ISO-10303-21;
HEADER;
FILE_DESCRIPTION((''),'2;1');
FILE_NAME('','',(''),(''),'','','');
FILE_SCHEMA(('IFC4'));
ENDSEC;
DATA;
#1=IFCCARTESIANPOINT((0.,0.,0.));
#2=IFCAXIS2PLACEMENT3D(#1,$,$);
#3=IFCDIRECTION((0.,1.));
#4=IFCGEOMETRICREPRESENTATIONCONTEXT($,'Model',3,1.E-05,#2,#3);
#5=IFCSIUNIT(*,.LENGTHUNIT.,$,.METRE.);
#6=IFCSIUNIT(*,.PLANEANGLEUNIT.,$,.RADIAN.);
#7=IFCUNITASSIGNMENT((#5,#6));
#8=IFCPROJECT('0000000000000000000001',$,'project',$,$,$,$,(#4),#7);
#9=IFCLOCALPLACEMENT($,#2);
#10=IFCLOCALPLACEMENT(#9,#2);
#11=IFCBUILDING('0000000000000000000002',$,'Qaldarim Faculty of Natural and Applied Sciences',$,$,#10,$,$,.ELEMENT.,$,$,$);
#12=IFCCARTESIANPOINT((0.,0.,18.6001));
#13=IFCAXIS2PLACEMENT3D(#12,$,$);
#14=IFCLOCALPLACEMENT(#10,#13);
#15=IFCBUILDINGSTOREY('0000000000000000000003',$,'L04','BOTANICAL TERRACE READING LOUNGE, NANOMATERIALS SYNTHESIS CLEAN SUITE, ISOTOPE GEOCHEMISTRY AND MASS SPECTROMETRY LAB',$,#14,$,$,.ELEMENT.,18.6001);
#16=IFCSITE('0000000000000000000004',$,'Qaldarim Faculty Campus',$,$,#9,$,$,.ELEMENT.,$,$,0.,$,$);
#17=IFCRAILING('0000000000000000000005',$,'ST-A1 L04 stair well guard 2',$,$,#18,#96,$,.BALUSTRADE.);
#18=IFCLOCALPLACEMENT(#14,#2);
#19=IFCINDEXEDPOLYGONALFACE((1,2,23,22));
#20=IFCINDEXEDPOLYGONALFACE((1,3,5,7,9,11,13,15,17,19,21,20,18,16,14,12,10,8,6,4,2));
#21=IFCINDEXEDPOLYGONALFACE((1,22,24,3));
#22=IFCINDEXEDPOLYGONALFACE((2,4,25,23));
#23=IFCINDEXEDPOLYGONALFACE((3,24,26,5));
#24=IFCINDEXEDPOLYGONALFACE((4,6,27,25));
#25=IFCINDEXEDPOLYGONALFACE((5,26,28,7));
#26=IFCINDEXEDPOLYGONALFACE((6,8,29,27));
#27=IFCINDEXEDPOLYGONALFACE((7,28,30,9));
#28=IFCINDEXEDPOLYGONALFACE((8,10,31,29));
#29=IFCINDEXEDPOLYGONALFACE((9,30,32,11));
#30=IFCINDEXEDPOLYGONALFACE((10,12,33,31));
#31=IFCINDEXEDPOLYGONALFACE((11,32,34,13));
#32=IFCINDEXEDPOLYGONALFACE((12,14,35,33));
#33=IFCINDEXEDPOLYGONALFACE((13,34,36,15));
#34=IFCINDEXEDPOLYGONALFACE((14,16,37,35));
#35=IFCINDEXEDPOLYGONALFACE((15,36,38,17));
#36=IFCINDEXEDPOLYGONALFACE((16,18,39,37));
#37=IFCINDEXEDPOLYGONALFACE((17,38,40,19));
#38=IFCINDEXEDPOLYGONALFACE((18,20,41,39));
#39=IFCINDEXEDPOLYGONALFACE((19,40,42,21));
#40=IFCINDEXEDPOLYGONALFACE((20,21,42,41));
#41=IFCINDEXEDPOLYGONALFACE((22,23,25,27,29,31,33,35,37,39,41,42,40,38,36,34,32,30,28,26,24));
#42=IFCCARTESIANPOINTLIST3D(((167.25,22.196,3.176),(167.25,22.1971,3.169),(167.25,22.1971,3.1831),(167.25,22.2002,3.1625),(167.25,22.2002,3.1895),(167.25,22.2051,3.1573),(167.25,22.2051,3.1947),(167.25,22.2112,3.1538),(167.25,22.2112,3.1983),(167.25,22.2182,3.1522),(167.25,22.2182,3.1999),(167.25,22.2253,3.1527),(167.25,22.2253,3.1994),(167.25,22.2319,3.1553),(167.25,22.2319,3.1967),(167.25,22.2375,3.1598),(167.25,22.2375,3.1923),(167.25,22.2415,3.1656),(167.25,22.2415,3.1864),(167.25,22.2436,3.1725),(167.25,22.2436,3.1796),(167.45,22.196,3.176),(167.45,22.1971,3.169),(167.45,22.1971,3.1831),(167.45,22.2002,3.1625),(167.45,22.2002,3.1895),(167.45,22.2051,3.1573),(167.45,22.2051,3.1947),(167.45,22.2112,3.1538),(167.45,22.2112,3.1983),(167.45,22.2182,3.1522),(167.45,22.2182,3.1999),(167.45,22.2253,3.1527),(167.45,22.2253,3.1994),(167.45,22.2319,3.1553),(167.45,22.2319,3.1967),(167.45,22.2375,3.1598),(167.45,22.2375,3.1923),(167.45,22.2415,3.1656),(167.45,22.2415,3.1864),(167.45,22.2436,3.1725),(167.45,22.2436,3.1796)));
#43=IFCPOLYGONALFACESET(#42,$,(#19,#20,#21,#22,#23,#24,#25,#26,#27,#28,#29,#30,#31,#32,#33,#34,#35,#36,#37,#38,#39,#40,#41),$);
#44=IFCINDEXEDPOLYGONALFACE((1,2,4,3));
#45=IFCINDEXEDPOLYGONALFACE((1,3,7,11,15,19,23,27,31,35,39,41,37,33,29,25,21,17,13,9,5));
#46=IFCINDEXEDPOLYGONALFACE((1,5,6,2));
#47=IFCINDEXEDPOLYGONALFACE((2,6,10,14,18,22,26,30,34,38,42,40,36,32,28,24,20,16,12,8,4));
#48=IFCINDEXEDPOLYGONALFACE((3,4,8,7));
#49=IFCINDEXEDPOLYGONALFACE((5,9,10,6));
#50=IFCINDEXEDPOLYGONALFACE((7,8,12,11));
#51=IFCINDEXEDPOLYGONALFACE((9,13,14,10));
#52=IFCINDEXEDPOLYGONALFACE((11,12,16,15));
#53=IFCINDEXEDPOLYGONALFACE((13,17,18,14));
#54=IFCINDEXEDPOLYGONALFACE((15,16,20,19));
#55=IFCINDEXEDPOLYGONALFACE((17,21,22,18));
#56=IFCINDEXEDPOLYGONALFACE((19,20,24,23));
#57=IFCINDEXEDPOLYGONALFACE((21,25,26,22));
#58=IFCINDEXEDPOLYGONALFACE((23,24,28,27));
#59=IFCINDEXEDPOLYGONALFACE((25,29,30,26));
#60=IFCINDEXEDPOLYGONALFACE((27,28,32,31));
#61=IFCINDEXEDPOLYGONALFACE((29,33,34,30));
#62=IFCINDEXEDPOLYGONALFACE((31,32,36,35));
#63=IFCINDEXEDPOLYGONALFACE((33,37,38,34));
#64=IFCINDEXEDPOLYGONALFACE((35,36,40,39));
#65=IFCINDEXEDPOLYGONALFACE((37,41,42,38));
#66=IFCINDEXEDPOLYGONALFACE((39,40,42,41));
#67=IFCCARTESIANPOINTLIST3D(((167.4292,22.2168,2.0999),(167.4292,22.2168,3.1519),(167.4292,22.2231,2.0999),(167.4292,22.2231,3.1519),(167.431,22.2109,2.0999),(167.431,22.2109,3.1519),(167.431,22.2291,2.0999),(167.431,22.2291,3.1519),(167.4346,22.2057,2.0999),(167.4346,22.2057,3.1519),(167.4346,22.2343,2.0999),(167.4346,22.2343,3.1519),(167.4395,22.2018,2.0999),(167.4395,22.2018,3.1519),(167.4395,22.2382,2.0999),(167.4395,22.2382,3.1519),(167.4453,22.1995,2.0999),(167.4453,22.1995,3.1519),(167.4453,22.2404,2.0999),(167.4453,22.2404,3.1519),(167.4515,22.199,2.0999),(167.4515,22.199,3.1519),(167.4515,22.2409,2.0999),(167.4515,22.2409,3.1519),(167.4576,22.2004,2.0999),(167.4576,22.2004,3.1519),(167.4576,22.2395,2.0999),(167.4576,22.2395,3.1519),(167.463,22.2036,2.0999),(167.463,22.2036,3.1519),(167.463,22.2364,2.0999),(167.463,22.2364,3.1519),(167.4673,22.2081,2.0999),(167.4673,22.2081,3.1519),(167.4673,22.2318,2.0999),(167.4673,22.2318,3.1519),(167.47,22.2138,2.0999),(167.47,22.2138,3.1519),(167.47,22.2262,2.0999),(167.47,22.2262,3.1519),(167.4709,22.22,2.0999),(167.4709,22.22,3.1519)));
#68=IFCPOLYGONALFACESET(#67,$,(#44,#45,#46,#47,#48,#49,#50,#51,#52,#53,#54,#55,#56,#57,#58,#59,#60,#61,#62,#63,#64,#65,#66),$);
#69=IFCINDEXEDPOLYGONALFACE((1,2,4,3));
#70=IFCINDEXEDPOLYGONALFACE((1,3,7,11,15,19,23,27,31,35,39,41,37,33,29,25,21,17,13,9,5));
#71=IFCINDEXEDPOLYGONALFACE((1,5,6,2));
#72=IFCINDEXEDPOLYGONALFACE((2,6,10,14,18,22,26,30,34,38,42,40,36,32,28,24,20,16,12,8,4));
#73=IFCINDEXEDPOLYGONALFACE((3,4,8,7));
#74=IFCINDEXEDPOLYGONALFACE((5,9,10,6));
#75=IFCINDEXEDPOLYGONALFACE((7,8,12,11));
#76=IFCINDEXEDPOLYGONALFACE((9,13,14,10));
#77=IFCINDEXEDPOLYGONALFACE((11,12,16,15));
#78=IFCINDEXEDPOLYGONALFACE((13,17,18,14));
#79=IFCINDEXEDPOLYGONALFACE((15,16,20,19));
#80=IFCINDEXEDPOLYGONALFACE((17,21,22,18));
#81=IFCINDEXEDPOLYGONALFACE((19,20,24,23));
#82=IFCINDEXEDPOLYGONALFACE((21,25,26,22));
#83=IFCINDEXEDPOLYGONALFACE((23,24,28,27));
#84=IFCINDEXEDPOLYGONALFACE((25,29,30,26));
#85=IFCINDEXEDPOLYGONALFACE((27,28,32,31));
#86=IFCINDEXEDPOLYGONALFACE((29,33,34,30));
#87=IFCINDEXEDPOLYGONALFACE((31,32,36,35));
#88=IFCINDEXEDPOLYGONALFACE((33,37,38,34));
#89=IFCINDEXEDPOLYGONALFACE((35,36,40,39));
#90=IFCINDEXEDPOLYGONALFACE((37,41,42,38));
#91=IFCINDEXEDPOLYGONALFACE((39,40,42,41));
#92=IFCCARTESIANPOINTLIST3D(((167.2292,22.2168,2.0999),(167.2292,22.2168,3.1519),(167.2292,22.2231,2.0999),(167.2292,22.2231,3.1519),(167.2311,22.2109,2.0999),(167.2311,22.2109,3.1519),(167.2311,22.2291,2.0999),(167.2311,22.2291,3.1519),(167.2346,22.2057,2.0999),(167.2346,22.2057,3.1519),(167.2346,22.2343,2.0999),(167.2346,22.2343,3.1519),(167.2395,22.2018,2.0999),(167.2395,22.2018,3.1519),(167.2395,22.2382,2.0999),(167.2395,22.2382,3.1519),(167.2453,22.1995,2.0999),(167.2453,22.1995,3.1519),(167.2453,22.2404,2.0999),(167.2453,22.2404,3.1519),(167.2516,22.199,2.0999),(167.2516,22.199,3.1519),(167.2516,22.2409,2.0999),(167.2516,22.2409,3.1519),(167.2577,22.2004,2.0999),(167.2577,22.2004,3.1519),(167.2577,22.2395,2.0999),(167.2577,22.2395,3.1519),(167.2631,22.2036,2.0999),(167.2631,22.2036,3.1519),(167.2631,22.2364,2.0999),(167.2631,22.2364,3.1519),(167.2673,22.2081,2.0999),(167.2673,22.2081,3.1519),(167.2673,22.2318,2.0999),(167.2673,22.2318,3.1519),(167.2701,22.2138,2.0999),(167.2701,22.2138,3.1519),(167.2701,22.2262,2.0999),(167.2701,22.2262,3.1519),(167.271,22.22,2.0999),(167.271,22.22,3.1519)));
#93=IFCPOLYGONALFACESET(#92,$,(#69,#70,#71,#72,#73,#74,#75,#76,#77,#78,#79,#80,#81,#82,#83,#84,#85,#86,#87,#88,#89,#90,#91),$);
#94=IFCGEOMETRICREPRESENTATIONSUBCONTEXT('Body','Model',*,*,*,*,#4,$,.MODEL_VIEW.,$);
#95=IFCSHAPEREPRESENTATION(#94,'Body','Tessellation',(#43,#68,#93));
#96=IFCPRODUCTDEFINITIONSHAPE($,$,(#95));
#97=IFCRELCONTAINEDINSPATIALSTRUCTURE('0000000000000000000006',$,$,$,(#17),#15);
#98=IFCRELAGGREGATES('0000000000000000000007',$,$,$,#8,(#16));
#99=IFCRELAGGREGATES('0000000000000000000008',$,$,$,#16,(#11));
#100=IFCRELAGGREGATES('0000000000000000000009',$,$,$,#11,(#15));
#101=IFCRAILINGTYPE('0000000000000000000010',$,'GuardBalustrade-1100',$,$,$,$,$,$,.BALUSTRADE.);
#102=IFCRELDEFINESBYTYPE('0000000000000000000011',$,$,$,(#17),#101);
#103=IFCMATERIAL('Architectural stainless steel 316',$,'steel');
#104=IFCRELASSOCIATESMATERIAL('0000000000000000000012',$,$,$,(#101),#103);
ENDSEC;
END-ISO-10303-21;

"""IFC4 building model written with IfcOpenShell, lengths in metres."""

from ifc_helpers import new_model, si_unit, direction, frame, origin, origin_2d, place, context, subcontext, project, spatial, circle, extrude, material, type_object, element, save


model = new_model("IFC4")

# Units and contexts
model_context = context("Model", 3, precision=1e-05, world=origin(), true_north=direction((0.0, 1.0)))
body_context = subcontext(model_context, "Body", "Model", "MODEL_VIEW")
ifc_project = project(units=[si_unit("LENGTHUNIT", "METRE"), si_unit("PLANEANGLEUNIT", "RADIAN")], contexts=[model_context])

# Site, building, storey
site_placement = place(None, origin())
site = spatial("IfcSite", under=ifc_project, at=site_placement, Name="Qaldarim Faculty Campus", CompositionType="ELEMENT", RefElevation=0.0)
building_placement = place(site_placement, origin())
building = spatial("IfcBuilding", under=site, at=building_placement, Name="Qaldarim Faculty of Natural and Applied Sciences", CompositionType="ELEMENT")
storey_placement = place(building_placement, frame((0.0, 0.0, 18.6001)))
storey = spatial("IfcBuildingStorey", under=building, at=storey_placement, Name="L04", Description="BOTANICAL TERRACE READING LOUNGE, NANOMATERIALS SYNTHESIS CLEAN SUITE, ISOTOPE GEOCHEMISTRY AND MASS SPECTROMETRY LAB", CompositionType="ELEMENT", Elevation=18.6001)

# Shared definitions
ifc_material_1 = material(Name="Architectural stainless steel 316", Category="steel")

# Railing
railing_type_1 = type_object("IfcRailingType", Name="GuardBalustrade-1100", PredefinedType="BALUSTRADE", material=ifc_material_1)
railing_1_placement = place(storey_placement, frame((167.45, 22.22, 2.0999)))
element("IfcRailing", 1, at=railing_1_placement, inside=storey, type_object=railing_type_1, Name="ST-A1 L04 stair well guard 2", PredefinedType="BALUSTRADE", context=body_context, shape_type="SweptSolid", body=[
    extrude(circle(Radius=0.0239, at=origin_2d()), frame((0.0, 0.0, 1.0762), z_axis=(-1.0, 0.0, 0.0), x_axis=(0.0, -1.0, 0.0)), (0.0, 0.0, 1.0), 0.2),
    extrude(circle(Radius=0.021, at=origin_2d()), origin(), (0.0, 0.0, 1.0), 1.052),
    extrude(circle(Radius=0.021, at=origin_2d()), frame((-0.2, 0.0, 0.0)), (0.0, 0.0, 1.0), 1.052),
])

save(model, "model.ifc")
